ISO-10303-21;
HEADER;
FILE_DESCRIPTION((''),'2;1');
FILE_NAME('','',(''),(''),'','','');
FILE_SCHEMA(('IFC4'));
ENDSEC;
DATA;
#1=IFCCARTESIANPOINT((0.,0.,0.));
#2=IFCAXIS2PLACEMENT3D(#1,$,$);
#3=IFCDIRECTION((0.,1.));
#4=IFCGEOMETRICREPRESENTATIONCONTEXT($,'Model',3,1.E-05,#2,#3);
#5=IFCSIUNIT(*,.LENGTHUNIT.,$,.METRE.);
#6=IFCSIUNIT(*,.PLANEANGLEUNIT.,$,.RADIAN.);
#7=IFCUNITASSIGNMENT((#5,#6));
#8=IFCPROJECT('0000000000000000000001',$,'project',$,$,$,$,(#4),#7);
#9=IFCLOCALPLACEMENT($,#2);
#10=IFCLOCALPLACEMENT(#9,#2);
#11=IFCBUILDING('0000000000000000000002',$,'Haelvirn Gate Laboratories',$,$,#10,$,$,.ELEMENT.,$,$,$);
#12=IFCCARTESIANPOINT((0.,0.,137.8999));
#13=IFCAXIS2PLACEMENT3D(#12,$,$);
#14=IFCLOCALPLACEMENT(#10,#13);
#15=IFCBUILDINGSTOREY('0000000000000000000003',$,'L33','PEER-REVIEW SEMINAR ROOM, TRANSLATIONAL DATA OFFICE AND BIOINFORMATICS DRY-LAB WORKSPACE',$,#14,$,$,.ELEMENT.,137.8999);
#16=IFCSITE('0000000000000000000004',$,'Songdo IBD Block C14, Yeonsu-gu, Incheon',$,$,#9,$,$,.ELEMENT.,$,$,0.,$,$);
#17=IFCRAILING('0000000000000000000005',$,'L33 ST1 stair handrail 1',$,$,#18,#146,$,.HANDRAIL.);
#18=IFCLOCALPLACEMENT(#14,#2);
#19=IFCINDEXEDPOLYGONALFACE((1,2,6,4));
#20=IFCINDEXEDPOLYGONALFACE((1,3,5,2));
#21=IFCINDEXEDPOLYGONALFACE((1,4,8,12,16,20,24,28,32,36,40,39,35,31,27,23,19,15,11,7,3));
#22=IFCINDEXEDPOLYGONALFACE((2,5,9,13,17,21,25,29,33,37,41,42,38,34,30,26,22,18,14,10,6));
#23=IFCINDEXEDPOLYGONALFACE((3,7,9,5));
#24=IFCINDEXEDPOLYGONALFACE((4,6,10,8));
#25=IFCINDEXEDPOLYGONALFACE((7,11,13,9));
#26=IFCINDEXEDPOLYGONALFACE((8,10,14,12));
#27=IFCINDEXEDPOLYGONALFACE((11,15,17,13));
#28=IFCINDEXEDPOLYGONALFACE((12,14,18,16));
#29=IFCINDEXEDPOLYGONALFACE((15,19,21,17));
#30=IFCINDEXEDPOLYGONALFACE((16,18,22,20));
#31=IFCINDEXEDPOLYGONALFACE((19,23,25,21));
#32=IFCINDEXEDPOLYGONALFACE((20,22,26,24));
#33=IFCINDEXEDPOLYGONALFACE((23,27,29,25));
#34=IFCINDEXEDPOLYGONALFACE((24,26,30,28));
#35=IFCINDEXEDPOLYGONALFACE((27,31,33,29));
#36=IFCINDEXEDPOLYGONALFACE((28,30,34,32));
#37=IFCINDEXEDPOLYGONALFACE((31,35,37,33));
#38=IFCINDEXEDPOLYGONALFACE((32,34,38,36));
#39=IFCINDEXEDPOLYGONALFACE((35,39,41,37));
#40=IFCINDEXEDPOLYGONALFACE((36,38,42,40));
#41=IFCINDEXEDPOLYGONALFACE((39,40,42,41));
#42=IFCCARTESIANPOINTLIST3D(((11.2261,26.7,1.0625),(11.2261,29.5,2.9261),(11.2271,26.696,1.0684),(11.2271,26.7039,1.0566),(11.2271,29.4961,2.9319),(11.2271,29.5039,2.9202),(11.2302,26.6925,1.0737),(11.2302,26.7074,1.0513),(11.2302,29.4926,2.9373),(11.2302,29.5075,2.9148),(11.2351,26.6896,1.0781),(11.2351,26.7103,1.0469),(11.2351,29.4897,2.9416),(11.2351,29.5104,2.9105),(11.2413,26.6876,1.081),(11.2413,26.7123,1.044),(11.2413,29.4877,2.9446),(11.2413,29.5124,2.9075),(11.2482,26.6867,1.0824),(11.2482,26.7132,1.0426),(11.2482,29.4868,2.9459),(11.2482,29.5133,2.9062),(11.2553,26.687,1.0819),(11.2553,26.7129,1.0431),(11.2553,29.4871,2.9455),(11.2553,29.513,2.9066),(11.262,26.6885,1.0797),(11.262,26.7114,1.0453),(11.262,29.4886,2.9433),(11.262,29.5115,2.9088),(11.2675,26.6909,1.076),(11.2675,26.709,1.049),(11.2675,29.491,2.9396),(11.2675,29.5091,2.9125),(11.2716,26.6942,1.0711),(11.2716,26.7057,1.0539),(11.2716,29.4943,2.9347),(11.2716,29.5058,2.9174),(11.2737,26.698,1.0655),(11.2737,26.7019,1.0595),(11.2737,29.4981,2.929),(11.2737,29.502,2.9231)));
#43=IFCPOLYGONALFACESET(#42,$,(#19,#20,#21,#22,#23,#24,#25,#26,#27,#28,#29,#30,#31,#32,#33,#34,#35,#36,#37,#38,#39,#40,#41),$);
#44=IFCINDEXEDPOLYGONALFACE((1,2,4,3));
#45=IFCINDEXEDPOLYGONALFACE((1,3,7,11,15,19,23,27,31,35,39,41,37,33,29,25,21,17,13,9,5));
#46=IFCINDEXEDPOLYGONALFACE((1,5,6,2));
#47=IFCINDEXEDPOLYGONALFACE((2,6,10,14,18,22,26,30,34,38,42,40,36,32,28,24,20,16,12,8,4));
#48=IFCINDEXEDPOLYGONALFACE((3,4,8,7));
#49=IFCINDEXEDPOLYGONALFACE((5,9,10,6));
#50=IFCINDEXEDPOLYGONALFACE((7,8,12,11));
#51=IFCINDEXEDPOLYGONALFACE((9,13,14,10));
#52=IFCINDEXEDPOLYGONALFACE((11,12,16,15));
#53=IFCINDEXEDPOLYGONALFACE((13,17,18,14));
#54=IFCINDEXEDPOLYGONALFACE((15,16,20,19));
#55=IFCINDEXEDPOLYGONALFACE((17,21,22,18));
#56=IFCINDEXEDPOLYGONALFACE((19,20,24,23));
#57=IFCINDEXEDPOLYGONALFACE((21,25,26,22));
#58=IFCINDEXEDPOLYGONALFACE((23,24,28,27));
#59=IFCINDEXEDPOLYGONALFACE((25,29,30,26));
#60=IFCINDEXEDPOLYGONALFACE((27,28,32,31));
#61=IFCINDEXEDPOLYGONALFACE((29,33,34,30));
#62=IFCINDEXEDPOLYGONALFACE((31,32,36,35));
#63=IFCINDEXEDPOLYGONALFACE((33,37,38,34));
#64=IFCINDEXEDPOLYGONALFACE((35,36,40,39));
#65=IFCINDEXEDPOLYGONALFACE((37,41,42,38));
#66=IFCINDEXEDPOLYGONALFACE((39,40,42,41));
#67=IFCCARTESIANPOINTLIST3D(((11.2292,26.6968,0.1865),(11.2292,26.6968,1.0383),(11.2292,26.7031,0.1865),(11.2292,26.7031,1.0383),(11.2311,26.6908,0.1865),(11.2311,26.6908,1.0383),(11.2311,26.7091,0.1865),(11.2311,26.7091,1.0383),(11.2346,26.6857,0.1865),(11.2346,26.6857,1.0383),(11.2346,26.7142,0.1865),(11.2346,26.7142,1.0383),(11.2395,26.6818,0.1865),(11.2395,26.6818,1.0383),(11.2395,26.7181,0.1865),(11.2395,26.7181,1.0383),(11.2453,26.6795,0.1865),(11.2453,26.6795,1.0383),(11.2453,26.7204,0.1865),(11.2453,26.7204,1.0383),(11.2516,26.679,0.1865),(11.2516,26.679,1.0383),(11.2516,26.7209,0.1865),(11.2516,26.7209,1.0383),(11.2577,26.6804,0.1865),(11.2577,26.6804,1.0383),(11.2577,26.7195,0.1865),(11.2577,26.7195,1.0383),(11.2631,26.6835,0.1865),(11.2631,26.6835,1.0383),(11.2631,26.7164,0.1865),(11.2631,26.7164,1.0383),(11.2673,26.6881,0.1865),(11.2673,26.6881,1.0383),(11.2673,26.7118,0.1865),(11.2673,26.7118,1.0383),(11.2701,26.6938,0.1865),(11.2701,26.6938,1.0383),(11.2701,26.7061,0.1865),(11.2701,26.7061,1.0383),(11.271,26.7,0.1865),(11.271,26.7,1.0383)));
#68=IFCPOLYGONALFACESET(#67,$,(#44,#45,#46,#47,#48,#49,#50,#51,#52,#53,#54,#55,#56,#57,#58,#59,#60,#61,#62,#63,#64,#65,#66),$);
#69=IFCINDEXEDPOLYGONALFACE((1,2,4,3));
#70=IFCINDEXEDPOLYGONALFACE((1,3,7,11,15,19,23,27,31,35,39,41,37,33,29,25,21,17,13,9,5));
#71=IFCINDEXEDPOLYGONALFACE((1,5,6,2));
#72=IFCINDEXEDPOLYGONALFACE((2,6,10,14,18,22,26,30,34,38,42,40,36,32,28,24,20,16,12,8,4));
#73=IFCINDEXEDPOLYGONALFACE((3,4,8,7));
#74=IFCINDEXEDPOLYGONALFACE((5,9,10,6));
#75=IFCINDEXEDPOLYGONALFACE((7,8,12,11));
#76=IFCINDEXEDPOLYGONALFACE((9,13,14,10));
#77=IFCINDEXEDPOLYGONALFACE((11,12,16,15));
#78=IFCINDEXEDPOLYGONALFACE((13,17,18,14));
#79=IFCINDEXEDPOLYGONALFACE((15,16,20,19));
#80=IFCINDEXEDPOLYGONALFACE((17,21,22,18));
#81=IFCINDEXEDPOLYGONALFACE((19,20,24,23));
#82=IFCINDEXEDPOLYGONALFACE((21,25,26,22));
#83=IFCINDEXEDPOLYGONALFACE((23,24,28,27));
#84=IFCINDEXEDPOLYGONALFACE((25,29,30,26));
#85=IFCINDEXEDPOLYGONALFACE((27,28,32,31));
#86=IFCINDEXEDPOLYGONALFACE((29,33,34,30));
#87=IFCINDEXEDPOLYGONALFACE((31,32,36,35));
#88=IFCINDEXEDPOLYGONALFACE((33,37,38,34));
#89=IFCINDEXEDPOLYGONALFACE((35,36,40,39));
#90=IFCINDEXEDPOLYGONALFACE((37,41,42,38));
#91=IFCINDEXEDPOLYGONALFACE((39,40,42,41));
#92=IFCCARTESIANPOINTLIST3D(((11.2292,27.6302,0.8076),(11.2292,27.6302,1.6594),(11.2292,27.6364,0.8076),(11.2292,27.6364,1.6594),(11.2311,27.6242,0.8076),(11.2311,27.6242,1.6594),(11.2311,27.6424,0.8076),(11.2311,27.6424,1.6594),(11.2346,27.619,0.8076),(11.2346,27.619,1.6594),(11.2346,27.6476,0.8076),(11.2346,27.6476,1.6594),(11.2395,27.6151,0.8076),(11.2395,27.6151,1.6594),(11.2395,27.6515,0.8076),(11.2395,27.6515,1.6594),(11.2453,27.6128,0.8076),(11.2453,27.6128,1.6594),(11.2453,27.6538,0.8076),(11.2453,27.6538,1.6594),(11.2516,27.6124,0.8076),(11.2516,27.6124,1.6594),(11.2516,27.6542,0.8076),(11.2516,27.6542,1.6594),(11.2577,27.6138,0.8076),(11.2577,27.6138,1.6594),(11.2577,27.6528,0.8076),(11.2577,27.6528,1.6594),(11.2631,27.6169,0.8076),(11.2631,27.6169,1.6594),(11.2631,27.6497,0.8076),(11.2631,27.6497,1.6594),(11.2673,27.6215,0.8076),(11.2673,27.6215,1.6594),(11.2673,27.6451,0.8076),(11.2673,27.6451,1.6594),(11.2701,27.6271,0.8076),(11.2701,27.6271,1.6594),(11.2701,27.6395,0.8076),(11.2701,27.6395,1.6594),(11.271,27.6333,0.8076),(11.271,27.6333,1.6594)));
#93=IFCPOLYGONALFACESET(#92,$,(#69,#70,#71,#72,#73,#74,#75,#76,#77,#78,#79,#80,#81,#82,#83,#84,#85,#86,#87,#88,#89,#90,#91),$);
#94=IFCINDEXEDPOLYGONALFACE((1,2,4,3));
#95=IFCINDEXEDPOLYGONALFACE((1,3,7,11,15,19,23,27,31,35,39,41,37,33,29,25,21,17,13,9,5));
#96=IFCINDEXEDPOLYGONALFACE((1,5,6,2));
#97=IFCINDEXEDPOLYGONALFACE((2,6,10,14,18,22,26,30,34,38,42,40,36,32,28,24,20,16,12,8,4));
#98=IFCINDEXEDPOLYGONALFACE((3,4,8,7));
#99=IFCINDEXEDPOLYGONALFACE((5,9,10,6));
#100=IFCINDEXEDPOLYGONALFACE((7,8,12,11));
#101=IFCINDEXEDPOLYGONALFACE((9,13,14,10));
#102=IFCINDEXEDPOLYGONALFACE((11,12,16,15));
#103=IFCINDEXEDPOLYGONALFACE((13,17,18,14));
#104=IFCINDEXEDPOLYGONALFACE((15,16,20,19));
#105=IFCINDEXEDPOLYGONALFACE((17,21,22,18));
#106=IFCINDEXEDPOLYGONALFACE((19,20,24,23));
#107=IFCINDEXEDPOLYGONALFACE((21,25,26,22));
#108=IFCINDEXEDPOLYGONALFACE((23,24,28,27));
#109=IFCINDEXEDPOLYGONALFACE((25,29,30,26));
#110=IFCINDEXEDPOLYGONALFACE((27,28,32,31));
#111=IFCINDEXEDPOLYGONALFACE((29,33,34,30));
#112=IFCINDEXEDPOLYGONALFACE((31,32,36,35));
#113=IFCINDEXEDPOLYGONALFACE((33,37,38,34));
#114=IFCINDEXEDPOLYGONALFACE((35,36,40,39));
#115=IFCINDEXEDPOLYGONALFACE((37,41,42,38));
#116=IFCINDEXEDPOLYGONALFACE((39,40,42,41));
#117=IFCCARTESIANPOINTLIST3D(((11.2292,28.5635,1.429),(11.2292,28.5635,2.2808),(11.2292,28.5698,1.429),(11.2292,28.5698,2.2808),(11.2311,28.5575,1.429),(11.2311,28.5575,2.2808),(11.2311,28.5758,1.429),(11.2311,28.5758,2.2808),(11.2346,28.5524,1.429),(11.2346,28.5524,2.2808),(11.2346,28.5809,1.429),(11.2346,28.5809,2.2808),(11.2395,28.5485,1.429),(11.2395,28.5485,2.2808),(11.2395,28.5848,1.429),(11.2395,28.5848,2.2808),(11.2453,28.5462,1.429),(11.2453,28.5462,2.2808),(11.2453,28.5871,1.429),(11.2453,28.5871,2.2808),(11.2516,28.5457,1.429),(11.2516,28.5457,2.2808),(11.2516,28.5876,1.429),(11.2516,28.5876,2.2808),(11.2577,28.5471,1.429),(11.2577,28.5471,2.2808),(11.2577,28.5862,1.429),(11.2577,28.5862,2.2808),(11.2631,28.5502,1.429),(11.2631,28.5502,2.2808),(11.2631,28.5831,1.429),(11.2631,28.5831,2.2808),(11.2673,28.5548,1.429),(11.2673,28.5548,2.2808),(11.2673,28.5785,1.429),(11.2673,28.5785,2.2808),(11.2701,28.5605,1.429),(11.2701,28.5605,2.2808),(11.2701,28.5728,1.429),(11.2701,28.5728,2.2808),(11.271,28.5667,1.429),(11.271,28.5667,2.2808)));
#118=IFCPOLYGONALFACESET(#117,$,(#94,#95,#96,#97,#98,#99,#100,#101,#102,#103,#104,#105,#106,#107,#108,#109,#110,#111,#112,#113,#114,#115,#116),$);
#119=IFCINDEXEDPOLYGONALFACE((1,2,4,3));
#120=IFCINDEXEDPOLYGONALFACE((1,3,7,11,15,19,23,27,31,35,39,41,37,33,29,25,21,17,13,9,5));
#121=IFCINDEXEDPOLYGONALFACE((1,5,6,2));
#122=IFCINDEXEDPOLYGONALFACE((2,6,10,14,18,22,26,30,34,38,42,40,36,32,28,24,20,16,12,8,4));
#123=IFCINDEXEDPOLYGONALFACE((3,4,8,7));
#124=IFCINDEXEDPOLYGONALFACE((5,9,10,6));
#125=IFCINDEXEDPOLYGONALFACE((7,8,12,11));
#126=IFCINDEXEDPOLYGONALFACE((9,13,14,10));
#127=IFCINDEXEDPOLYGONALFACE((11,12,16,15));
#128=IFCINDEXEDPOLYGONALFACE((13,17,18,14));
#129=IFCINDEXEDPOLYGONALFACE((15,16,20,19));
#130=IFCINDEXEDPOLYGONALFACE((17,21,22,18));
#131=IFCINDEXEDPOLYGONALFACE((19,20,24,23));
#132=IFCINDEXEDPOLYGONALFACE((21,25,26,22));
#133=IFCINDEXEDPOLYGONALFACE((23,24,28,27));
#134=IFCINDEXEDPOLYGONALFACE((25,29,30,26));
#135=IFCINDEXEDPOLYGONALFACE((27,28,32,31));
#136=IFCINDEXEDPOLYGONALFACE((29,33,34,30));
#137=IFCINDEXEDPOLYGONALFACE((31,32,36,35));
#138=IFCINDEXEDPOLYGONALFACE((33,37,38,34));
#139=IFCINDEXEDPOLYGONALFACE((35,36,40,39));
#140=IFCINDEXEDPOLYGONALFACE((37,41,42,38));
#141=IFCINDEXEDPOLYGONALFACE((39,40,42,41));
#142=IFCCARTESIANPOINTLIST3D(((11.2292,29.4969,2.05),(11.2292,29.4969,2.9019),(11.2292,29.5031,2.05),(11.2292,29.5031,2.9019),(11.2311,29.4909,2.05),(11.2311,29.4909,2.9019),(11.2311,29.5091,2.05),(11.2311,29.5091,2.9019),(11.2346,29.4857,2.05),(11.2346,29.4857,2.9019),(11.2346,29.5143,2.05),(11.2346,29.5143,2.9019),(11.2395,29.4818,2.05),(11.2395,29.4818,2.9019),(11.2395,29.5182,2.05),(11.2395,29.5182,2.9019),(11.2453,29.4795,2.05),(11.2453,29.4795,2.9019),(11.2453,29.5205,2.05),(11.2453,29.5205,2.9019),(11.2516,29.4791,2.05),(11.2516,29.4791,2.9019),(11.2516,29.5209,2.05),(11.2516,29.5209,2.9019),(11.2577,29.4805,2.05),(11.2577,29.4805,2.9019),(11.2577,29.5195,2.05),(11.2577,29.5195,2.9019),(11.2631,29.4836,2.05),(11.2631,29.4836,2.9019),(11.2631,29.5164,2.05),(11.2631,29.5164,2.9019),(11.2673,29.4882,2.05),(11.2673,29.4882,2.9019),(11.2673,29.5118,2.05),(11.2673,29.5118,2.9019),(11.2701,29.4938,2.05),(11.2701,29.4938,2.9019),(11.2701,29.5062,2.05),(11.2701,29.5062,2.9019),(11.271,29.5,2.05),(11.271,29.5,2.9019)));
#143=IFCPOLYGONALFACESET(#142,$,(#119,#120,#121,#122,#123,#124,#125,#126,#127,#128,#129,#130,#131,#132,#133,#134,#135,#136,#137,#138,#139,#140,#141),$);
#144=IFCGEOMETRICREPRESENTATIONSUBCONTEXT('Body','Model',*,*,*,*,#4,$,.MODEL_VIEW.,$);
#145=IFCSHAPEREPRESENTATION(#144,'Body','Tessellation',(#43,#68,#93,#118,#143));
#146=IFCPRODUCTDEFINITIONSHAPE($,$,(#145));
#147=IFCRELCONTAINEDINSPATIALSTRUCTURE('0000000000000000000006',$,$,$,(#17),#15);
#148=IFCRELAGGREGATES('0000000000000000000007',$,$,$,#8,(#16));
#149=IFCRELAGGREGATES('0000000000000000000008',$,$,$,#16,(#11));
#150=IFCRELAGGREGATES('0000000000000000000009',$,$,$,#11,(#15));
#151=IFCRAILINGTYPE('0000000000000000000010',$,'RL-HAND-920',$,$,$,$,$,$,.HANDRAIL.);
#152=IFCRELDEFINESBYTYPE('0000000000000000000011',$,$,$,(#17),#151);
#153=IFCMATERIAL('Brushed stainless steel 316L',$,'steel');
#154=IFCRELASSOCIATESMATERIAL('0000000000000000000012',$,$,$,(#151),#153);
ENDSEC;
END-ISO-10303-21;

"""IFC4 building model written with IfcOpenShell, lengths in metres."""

from ifc_helpers import new_model, si_unit, direction, frame, origin, origin_2d, place, context, subcontext, project, spatial, circle, extrude, source, transform, mapped, material, type_object, type_shapes, element, save


model = new_model("IFC4")

# Units and contexts
model_context = context("Model", 3, precision=1e-05, world=origin(), true_north=direction((0.0, 1.0)))
body_context = subcontext(model_context, "Body", "Model", "MODEL_VIEW")
ifc_project = project(units=[si_unit("LENGTHUNIT", "METRE"), si_unit("PLANEANGLEUNIT", "RADIAN")], contexts=[model_context])

# Site, building, storey
site_placement = place(None, origin())
site = spatial("IfcSite", under=ifc_project, at=site_placement, Name="Songdo IBD Block C14, Yeonsu-gu, Incheon", CompositionType="ELEMENT", RefElevation=0.0)
building_placement = place(site_placement, origin())
building = spatial("IfcBuilding", under=site, at=building_placement, Name="Haelvirn Gate Laboratories", CompositionType="ELEMENT")
storey_placement = place(building_placement, frame((0.0, 0.0, 137.8999)))
storey = spatial("IfcBuildingStorey", under=building, at=storey_placement, Name="L33", Description="PEER-REVIEW SEMINAR ROOM, TRANSLATIONAL DATA OFFICE AND BIOINFORMATICS DRY-LAB WORKSPACE", CompositionType="ELEMENT", Elevation=137.8999)

# Railing
ifc_material_1 = material(Name="Brushed stainless steel 316L", Category="steel")
railing_type_1 = type_object("IfcRailingType", Name="RL-HAND-920", PredefinedType="HANDRAIL", material=ifc_material_1)
shared_shape_1 = source(origin(), body_context, "Body", "SweptSolid", [
    extrude(circle(Radius=0.0239, at=origin_2d()), frame((0.0, 0.0, 0.876), z_axis=(0.0, 0.832486, 0.554047), x_axis=(-1.0, 0.0, 0.0)), (0.0, 0.0, 1.0), 3.3635),
    extrude(circle(Radius=0.021, at=origin_2d()), origin(), (0.0, 0.0, 1.0), 0.8518),
    extrude(circle(Radius=0.021, at=origin_2d()), frame((0.0, 0.9333, 0.6211)), (0.0, 0.0, 1.0), 0.8518),
    extrude(circle(Radius=0.021, at=origin_2d()), frame((0.0, 1.8667, 1.2424)), (0.0, 0.0, 1.0), 0.8518),
    extrude(circle(Radius=0.021, at=origin_2d()), frame((0.0, 2.8, 1.8635)), (0.0, 0.0, 1.0), 0.8518),
])
type_shapes(railing_type_1, [shared_shape_1])
railing_1_placement = place(storey_placement, frame((11.25, 26.7, 0.1865)))
element("IfcRailing", 1, at=railing_1_placement, inside=storey, type_object=railing_type_1, Name="L33 ST1 stair handrail 1", PredefinedType="HANDRAIL", context=body_context, shape_type="MappedRepresentation", body=[
    mapped(shared_shape_1, transform((0.0, 0.0, 0.0), scale=1.0)),
])

save(model, "model.ifc")
